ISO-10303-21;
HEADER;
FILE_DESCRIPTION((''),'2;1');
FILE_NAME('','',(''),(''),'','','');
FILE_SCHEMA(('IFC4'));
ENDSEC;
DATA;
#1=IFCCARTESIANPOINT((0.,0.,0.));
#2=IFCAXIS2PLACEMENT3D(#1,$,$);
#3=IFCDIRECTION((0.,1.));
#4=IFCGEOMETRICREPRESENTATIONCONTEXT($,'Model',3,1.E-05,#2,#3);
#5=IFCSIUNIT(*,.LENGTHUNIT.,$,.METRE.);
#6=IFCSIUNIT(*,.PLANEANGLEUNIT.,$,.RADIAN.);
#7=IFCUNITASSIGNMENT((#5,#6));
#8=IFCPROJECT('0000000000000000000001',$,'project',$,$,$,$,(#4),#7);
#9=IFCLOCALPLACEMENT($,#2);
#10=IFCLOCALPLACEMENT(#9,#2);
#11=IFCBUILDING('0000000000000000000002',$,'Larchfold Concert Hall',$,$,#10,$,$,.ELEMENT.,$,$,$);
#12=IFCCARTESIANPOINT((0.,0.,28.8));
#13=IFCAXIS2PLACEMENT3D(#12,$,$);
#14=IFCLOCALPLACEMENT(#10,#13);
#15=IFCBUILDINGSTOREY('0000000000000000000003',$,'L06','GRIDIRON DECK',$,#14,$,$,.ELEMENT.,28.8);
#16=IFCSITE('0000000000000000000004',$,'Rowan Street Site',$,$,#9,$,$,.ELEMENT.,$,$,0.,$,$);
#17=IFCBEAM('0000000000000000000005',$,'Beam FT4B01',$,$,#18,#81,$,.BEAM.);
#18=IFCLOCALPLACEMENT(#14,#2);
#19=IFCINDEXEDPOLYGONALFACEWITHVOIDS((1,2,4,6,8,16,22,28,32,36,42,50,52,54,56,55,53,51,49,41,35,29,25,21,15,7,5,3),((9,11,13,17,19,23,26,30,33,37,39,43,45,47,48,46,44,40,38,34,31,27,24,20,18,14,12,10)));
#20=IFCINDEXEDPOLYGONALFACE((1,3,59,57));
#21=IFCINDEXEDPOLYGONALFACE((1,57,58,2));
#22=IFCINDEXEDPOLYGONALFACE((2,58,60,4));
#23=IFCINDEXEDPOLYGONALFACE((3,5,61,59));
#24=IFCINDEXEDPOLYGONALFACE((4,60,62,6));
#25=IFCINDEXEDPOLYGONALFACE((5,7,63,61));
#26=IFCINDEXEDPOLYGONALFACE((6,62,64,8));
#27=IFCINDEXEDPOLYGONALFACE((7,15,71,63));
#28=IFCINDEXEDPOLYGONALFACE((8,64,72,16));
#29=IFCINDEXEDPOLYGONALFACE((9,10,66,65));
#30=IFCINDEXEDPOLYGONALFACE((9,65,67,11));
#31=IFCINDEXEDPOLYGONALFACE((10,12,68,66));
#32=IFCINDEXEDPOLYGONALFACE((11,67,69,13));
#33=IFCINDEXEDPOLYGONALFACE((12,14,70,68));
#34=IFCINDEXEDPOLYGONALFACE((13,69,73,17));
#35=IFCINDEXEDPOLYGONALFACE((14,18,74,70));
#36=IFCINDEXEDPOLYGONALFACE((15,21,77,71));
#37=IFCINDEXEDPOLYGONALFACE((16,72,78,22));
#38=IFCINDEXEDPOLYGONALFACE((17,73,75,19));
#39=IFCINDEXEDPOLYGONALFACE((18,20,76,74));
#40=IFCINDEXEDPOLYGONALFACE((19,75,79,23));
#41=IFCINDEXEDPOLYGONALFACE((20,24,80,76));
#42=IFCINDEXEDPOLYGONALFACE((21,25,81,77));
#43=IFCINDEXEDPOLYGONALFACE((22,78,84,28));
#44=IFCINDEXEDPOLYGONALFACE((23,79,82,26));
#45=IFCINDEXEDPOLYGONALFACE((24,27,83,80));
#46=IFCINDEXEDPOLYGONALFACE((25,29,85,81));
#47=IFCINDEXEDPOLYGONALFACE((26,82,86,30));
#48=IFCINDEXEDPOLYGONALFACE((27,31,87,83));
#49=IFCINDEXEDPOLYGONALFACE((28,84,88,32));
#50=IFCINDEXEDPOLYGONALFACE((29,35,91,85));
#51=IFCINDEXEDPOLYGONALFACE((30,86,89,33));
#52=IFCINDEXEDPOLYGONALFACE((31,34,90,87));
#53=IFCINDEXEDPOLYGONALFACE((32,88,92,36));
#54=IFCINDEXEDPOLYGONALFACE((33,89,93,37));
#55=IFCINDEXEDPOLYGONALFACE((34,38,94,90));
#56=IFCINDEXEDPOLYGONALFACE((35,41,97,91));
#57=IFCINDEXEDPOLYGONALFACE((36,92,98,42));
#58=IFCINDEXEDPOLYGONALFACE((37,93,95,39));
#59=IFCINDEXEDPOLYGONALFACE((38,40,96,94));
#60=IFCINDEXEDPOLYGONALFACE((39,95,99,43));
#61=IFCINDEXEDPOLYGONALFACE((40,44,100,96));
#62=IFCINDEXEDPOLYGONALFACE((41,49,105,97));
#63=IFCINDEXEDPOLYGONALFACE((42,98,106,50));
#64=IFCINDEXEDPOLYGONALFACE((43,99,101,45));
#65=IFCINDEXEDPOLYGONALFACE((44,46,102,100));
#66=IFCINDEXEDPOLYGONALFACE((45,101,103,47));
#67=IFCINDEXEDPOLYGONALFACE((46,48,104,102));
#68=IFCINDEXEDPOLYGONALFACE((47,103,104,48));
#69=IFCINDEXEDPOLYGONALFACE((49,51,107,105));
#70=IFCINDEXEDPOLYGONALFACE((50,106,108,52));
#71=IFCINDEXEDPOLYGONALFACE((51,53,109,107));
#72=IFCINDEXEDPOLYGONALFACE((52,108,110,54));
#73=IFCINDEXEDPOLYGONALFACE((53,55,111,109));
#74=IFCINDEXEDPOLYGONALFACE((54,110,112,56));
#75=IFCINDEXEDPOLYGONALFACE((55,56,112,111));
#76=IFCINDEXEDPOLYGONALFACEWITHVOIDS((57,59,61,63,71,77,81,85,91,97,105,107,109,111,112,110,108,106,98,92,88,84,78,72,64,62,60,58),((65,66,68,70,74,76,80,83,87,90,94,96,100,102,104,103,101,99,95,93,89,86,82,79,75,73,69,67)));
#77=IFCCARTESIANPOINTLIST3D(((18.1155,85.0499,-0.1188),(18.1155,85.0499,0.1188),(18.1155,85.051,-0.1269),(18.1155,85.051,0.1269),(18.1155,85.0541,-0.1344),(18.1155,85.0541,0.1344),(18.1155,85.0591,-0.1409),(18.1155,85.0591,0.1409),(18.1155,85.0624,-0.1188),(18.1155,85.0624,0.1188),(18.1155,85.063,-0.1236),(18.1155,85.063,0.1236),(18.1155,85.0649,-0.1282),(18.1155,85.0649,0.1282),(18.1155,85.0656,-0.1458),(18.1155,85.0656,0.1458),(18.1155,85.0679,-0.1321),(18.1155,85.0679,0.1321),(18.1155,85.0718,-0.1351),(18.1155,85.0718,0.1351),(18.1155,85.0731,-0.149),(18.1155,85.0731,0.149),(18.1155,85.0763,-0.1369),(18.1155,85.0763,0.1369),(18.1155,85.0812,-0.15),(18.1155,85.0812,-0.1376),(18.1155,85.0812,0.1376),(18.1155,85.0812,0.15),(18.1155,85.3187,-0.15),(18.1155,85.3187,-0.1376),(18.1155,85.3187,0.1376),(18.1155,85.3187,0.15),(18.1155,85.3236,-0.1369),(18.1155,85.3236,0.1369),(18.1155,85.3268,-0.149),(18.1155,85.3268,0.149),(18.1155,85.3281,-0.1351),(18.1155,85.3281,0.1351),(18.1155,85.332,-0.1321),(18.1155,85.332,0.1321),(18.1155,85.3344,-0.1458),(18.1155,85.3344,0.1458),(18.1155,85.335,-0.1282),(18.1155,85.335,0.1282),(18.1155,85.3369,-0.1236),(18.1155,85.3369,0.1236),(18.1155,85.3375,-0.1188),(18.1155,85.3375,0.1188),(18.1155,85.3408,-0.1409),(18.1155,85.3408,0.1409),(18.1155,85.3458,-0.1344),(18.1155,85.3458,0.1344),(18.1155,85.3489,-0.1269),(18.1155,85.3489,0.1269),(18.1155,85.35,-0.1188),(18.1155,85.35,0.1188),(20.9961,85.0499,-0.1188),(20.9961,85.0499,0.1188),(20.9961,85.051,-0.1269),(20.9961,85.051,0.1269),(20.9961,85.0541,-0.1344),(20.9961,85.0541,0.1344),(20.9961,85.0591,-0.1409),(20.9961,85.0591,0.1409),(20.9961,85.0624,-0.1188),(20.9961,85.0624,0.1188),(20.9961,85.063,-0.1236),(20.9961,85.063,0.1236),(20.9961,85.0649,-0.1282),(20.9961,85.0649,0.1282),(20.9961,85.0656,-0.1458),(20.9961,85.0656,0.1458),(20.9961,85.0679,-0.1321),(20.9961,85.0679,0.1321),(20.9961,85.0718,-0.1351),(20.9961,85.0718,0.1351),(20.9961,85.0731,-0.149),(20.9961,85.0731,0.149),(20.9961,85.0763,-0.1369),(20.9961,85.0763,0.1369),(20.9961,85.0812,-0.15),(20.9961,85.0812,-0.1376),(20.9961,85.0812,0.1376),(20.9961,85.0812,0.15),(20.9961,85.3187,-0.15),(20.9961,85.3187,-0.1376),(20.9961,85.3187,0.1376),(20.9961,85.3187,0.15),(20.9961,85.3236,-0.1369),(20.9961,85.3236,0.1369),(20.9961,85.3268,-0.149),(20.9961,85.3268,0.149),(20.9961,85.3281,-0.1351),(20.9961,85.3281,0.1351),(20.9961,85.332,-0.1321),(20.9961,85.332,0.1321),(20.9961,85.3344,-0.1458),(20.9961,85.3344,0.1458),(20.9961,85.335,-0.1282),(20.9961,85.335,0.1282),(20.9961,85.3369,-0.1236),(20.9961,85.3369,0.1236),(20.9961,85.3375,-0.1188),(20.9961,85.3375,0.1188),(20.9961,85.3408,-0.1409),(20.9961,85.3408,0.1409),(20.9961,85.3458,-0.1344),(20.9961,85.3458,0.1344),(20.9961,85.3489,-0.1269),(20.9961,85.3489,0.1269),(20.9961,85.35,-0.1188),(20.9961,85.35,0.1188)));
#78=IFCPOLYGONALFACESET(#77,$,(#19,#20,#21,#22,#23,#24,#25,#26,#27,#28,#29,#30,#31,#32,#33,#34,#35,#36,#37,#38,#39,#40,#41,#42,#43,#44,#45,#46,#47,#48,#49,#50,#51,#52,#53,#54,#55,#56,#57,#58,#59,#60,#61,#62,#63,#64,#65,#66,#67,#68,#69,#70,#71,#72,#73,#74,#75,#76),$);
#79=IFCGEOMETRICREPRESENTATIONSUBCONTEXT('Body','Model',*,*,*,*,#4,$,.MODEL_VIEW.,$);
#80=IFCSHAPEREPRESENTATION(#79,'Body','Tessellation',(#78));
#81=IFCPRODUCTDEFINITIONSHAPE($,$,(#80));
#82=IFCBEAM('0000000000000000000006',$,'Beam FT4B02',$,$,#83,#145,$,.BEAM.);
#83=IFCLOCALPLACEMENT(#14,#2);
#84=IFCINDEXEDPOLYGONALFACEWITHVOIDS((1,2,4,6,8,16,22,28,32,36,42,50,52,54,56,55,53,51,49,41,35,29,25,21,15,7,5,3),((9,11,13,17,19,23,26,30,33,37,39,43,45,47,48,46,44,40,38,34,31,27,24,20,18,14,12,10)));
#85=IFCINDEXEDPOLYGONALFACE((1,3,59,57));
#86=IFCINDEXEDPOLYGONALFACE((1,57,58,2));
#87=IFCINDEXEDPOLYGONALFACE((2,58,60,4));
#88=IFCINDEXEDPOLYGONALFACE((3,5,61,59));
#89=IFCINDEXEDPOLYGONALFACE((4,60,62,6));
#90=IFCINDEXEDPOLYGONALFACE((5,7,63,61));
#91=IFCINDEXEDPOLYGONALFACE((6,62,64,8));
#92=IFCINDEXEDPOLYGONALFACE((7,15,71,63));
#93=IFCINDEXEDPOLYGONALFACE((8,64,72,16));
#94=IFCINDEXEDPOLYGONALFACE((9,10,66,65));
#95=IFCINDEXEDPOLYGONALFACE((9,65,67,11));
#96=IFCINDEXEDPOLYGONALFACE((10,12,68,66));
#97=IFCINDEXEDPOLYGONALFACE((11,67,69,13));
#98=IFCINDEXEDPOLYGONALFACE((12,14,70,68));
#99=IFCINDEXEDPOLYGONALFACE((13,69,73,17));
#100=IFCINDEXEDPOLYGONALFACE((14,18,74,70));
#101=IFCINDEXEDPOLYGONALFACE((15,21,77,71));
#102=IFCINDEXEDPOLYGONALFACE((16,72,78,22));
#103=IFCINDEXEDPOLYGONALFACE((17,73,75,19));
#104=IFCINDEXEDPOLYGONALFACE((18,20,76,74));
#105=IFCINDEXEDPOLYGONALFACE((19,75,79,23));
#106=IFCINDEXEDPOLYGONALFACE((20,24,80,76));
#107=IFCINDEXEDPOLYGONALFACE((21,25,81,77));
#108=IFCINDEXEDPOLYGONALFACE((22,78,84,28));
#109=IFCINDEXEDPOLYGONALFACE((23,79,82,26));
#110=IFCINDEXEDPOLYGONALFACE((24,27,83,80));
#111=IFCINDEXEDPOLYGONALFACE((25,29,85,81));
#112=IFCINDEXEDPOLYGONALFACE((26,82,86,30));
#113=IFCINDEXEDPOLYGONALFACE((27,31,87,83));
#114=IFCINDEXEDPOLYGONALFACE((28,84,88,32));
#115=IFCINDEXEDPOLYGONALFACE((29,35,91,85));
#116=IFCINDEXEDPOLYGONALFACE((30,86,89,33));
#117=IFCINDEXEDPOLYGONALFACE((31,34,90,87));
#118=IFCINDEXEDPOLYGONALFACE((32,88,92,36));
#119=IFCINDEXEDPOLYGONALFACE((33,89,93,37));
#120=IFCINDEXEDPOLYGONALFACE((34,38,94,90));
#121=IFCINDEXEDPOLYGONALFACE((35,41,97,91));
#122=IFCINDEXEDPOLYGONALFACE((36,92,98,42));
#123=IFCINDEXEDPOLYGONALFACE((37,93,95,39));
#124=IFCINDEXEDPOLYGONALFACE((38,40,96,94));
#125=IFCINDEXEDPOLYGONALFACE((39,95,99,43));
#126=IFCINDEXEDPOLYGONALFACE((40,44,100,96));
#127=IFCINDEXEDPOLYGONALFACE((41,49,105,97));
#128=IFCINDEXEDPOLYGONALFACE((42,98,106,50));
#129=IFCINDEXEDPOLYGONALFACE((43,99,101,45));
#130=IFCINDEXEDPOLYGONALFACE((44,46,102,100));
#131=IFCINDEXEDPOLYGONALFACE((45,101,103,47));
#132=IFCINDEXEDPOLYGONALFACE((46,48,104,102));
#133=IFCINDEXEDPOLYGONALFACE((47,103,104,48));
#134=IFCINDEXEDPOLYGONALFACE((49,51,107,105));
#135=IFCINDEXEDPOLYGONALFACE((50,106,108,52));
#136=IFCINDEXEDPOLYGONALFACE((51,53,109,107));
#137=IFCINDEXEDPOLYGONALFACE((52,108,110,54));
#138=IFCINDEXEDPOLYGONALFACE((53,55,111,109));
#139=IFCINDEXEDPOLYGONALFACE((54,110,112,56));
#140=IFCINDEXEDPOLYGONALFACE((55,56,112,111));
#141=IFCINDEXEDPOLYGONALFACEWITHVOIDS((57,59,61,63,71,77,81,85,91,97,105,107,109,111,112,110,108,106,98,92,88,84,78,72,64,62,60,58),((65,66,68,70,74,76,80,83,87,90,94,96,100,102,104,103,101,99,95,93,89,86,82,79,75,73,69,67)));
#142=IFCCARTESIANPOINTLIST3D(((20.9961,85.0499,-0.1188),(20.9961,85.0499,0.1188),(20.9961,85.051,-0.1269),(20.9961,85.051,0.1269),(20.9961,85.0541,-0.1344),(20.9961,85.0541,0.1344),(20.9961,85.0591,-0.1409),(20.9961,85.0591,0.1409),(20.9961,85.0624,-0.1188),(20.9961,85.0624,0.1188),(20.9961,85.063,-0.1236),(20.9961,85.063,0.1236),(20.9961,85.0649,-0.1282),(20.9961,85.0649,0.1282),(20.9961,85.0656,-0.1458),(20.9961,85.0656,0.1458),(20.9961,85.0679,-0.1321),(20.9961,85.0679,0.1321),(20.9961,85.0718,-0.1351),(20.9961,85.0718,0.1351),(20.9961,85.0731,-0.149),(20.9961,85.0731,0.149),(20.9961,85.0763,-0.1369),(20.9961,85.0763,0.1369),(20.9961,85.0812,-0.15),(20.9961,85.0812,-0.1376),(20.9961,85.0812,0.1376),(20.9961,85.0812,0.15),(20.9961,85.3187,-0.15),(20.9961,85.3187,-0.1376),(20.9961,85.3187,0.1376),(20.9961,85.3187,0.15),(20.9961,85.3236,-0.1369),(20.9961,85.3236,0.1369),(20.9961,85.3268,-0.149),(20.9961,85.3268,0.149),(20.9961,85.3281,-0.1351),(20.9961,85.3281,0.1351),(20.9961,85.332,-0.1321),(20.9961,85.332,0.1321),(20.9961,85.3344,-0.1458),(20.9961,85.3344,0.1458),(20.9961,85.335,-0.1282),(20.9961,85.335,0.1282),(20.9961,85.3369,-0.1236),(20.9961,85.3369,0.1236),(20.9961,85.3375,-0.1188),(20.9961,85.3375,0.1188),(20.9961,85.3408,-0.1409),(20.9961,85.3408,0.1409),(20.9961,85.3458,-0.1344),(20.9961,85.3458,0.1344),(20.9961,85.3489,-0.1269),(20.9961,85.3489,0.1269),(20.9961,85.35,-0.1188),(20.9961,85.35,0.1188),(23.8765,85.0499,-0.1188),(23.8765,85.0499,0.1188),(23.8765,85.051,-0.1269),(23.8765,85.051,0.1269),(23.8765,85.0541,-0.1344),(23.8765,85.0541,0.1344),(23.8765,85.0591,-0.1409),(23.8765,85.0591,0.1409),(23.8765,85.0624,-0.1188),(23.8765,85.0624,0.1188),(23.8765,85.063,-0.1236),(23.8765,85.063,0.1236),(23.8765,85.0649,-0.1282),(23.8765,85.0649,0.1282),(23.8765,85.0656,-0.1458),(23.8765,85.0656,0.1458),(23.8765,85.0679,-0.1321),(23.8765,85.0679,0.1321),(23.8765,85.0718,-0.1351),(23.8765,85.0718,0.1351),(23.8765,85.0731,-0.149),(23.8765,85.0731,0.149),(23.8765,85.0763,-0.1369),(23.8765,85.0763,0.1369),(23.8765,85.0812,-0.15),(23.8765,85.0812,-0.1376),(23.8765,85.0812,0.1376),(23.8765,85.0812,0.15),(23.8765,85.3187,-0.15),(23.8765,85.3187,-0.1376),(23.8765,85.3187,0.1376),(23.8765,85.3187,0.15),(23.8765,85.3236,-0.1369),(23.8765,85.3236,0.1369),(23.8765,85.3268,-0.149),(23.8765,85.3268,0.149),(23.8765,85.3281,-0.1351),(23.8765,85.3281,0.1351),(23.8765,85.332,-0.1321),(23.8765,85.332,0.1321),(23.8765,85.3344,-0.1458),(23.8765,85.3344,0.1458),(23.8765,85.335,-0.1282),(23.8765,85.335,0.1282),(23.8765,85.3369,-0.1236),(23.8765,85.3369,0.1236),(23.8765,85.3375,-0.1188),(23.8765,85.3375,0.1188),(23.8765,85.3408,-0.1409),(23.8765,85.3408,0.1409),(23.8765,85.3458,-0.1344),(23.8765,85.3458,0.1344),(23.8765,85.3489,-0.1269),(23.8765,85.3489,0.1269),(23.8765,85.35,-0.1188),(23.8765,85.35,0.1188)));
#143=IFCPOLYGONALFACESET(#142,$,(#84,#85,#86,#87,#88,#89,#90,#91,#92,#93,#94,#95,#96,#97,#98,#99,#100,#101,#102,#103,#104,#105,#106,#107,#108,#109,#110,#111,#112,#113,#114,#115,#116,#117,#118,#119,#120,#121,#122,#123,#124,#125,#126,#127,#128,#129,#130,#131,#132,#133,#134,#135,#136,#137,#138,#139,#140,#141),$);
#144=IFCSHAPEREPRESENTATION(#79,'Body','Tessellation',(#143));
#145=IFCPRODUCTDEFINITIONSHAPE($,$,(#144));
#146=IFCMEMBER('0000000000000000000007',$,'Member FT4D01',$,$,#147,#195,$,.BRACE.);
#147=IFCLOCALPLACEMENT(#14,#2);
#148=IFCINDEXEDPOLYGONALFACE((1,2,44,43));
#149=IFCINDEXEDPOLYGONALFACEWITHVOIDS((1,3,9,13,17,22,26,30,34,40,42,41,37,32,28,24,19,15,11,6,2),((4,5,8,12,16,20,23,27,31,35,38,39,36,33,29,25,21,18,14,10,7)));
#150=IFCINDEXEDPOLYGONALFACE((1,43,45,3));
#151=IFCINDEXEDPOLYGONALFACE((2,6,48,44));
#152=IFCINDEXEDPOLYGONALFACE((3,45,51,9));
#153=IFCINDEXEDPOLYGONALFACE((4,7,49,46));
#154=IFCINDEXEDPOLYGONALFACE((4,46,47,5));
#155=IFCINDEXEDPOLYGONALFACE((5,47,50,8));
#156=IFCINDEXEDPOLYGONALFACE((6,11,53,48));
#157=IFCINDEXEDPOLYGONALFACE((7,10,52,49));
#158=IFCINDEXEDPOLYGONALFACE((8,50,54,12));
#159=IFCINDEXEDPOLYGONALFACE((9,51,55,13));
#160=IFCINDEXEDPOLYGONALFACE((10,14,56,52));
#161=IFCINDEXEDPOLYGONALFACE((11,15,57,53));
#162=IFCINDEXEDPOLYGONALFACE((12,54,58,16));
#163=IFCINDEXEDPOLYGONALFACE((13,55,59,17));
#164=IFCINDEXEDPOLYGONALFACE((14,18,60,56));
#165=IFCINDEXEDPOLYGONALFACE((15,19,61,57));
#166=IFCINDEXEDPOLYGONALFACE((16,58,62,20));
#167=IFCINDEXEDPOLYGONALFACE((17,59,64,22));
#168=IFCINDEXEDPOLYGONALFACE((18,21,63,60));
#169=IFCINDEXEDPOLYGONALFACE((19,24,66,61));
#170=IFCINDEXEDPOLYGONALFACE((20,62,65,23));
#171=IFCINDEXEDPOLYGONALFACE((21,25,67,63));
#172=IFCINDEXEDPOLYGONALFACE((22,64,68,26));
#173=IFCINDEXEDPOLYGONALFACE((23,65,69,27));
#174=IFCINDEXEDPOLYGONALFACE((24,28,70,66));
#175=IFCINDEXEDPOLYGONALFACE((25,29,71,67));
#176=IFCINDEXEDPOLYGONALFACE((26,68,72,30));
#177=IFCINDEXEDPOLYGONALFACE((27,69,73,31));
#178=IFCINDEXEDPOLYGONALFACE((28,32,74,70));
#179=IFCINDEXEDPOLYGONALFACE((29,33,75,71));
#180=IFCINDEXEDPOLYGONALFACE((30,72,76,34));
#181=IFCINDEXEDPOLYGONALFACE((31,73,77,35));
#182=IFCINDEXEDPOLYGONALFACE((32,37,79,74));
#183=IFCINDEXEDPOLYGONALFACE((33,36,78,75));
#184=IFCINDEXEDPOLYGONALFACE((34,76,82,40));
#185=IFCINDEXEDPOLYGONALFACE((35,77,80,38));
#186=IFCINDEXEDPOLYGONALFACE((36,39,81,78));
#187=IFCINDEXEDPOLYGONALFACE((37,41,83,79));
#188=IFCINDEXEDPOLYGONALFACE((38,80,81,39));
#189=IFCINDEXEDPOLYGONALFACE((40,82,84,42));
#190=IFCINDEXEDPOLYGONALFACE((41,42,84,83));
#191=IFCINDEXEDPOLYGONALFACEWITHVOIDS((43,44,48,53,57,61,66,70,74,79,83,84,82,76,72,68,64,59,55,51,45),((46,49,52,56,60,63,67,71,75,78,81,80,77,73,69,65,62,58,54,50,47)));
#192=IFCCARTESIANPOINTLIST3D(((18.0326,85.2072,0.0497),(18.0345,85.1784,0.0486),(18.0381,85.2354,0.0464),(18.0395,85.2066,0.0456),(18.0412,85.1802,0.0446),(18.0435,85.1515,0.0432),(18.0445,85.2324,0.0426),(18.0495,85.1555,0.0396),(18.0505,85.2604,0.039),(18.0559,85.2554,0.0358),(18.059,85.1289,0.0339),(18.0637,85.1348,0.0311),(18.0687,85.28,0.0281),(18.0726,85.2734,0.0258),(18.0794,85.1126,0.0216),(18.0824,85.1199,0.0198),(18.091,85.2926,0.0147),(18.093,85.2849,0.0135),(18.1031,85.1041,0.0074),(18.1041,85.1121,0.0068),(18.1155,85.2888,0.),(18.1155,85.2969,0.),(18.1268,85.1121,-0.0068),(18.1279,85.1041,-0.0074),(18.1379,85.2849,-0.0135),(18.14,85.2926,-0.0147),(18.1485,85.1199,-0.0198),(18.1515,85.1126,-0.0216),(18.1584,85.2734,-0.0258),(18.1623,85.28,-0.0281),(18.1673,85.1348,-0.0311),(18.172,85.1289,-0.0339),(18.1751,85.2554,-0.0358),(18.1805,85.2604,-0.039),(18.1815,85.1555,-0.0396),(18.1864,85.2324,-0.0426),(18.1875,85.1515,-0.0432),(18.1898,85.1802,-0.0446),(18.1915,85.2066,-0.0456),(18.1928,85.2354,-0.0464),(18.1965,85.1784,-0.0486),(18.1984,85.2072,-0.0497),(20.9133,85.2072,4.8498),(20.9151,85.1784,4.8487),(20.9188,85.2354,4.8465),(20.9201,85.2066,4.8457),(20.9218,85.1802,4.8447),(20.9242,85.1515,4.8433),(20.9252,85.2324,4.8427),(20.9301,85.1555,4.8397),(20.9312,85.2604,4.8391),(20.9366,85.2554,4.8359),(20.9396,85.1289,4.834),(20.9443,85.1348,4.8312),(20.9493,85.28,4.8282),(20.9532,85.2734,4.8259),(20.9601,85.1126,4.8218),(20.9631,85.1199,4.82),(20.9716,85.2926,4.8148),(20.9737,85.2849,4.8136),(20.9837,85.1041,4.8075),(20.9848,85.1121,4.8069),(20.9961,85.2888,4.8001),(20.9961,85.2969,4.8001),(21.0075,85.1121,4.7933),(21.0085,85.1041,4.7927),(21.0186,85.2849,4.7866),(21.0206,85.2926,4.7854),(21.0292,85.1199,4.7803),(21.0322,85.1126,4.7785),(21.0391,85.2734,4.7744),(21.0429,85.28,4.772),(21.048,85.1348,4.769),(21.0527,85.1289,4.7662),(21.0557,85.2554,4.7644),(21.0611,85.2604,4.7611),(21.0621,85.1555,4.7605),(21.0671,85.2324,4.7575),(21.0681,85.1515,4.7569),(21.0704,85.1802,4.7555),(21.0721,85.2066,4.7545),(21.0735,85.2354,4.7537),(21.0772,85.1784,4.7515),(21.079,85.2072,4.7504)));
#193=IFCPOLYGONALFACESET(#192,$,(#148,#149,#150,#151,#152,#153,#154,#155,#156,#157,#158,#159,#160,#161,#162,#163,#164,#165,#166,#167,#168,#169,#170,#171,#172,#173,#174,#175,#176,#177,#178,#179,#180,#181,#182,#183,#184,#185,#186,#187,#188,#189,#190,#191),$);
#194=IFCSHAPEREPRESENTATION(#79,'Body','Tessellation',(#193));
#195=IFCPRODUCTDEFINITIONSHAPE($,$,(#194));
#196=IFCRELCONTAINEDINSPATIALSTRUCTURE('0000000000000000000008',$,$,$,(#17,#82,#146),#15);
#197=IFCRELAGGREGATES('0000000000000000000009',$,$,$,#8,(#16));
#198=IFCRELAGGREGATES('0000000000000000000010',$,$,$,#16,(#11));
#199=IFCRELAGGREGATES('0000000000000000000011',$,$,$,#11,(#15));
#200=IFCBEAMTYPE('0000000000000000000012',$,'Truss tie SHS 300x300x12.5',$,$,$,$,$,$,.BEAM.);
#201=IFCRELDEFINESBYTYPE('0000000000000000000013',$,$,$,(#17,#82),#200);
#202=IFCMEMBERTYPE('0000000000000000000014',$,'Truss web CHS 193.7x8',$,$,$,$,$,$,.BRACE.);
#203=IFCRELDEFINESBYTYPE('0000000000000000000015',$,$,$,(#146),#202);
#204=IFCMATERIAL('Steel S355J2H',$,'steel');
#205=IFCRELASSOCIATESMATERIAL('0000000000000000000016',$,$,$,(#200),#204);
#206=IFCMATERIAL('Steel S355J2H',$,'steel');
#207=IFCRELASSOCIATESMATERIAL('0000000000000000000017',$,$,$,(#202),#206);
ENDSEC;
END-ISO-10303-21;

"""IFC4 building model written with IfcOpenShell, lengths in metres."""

from ifc_helpers import new_model, si_unit, direction, frame, origin, origin_2d, place, context, subcontext, project, spatial, hollow_rectangle, hollow_circle, extrude, material, material_profile, profile_set, type_object, element, save


model = new_model("IFC4")

# Units and contexts
model_context = context("Model", 3, precision=1e-05, world=origin(), true_north=direction((0.0, 1.0)))
body_context = subcontext(model_context, "Body", "Model", "MODEL_VIEW")
ifc_project = project(units=[si_unit("LENGTHUNIT", "METRE"), si_unit("PLANEANGLEUNIT", "RADIAN")], contexts=[model_context])

# Site, building, storey
site_placement = place(None, origin())
site = spatial("IfcSite", under=ifc_project, at=site_placement, Name="Rowan Street Site", CompositionType="ELEMENT", RefElevation=0.0)
building_placement = place(site_placement, origin())
building = spatial("IfcBuilding", under=site, at=building_placement, Name="Larchfold Concert Hall", CompositionType="ELEMENT")
storey_placement = place(building_placement, frame((0.0, 0.0, 28.8)))
storey = spatial("IfcBuildingStorey", under=building, at=storey_placement, Name="L06", Description="GRIDIRON DECK", CompositionType="ELEMENT", Elevation=28.8)

# Beams
ifc_material_1 = material(Name="Steel S355J2H", Category="steel")
ifc_material_profile_1 = material_profile(ifc_material_1, hollow_rectangle(XDim=0.3, YDim=0.3, WallThickness=0.0125, InnerFilletRadius=0.0188, OuterFilletRadius=0.0312, at=origin_2d()))
ifc_profile_set_1 = profile_set([ifc_material_profile_1], Name="Steel S355J2H")
beam_type_1 = type_object("IfcBeamType", Name="Truss tie SHS 300x300x12.5", PredefinedType="BEAM", material=ifc_profile_set_1)
beam_1_placement = place(storey_placement, frame((18.1155, 85.2, 0.0), z_axis=(1.0, 0.0, 0.0), x_axis=(0.0, 1.0, 0.0)))
element("IfcBeam", 1, at=beam_1_placement, inside=storey, type_object=beam_type_1, Name="Beam FT4B01", PredefinedType="BEAM", context=body_context, shape_type="SweptSolid", body=[
    extrude(hollow_rectangle(XDim=0.3, YDim=0.3, WallThickness=0.0125, InnerFilletRadius=0.0188, OuterFilletRadius=0.0312, at=origin_2d()), origin(), (0.0, 0.0, 1.0), 2.8806),
])
beam_2_placement = place(storey_placement, frame((20.9961, 85.2, 0.0), z_axis=(1.0, 0.0, 0.0), x_axis=(0.0, 1.0, 0.0)))
element("IfcBeam", 2, at=beam_2_placement, inside=storey, type_object=beam_type_1, Name="Beam FT4B02", PredefinedType="BEAM", context=body_context, shape_type="SweptSolid", body=[
    extrude(hollow_rectangle(XDim=0.3, YDim=0.3, WallThickness=0.0125, InnerFilletRadius=0.0188, OuterFilletRadius=0.0312, at=origin_2d()), origin(), (0.0, 0.0, 1.0), 2.8804),
])

# Member
ifc_material_2 = material(Name="Steel S355J2H", Category="steel")
ifc_material_profile_2 = material_profile(ifc_material_2, hollow_circle(Radius=0.0969, WallThickness=0.0081, at=origin_2d()))
ifc_profile_set_2 = profile_set([ifc_material_profile_2], Name="Steel S355J2H")
member_type_1 = type_object("IfcMemberType", Name="Truss web CHS 193.7x8", PredefinedType="BRACE", material=ifc_profile_set_2)
member_1_placement = place(storey_placement, frame((18.1155, 85.2, 0.0), z_axis=(0.514573, 0.0, 0.857447), x_axis=(0.0, 1.0, 0.0)))
element("IfcMember", 3, at=member_1_placement, inside=storey, type_object=member_type_1, Name="Member FT4D01", PredefinedType="BRACE", context=body_context, shape_type="SweptSolid", body=[
    extrude(hollow_circle(Radius=0.0969, WallThickness=0.0081, at=origin_2d()), origin(), (0.0, 0.0, 1.0), 5.5981),
])

save(model, "model.ifc")
